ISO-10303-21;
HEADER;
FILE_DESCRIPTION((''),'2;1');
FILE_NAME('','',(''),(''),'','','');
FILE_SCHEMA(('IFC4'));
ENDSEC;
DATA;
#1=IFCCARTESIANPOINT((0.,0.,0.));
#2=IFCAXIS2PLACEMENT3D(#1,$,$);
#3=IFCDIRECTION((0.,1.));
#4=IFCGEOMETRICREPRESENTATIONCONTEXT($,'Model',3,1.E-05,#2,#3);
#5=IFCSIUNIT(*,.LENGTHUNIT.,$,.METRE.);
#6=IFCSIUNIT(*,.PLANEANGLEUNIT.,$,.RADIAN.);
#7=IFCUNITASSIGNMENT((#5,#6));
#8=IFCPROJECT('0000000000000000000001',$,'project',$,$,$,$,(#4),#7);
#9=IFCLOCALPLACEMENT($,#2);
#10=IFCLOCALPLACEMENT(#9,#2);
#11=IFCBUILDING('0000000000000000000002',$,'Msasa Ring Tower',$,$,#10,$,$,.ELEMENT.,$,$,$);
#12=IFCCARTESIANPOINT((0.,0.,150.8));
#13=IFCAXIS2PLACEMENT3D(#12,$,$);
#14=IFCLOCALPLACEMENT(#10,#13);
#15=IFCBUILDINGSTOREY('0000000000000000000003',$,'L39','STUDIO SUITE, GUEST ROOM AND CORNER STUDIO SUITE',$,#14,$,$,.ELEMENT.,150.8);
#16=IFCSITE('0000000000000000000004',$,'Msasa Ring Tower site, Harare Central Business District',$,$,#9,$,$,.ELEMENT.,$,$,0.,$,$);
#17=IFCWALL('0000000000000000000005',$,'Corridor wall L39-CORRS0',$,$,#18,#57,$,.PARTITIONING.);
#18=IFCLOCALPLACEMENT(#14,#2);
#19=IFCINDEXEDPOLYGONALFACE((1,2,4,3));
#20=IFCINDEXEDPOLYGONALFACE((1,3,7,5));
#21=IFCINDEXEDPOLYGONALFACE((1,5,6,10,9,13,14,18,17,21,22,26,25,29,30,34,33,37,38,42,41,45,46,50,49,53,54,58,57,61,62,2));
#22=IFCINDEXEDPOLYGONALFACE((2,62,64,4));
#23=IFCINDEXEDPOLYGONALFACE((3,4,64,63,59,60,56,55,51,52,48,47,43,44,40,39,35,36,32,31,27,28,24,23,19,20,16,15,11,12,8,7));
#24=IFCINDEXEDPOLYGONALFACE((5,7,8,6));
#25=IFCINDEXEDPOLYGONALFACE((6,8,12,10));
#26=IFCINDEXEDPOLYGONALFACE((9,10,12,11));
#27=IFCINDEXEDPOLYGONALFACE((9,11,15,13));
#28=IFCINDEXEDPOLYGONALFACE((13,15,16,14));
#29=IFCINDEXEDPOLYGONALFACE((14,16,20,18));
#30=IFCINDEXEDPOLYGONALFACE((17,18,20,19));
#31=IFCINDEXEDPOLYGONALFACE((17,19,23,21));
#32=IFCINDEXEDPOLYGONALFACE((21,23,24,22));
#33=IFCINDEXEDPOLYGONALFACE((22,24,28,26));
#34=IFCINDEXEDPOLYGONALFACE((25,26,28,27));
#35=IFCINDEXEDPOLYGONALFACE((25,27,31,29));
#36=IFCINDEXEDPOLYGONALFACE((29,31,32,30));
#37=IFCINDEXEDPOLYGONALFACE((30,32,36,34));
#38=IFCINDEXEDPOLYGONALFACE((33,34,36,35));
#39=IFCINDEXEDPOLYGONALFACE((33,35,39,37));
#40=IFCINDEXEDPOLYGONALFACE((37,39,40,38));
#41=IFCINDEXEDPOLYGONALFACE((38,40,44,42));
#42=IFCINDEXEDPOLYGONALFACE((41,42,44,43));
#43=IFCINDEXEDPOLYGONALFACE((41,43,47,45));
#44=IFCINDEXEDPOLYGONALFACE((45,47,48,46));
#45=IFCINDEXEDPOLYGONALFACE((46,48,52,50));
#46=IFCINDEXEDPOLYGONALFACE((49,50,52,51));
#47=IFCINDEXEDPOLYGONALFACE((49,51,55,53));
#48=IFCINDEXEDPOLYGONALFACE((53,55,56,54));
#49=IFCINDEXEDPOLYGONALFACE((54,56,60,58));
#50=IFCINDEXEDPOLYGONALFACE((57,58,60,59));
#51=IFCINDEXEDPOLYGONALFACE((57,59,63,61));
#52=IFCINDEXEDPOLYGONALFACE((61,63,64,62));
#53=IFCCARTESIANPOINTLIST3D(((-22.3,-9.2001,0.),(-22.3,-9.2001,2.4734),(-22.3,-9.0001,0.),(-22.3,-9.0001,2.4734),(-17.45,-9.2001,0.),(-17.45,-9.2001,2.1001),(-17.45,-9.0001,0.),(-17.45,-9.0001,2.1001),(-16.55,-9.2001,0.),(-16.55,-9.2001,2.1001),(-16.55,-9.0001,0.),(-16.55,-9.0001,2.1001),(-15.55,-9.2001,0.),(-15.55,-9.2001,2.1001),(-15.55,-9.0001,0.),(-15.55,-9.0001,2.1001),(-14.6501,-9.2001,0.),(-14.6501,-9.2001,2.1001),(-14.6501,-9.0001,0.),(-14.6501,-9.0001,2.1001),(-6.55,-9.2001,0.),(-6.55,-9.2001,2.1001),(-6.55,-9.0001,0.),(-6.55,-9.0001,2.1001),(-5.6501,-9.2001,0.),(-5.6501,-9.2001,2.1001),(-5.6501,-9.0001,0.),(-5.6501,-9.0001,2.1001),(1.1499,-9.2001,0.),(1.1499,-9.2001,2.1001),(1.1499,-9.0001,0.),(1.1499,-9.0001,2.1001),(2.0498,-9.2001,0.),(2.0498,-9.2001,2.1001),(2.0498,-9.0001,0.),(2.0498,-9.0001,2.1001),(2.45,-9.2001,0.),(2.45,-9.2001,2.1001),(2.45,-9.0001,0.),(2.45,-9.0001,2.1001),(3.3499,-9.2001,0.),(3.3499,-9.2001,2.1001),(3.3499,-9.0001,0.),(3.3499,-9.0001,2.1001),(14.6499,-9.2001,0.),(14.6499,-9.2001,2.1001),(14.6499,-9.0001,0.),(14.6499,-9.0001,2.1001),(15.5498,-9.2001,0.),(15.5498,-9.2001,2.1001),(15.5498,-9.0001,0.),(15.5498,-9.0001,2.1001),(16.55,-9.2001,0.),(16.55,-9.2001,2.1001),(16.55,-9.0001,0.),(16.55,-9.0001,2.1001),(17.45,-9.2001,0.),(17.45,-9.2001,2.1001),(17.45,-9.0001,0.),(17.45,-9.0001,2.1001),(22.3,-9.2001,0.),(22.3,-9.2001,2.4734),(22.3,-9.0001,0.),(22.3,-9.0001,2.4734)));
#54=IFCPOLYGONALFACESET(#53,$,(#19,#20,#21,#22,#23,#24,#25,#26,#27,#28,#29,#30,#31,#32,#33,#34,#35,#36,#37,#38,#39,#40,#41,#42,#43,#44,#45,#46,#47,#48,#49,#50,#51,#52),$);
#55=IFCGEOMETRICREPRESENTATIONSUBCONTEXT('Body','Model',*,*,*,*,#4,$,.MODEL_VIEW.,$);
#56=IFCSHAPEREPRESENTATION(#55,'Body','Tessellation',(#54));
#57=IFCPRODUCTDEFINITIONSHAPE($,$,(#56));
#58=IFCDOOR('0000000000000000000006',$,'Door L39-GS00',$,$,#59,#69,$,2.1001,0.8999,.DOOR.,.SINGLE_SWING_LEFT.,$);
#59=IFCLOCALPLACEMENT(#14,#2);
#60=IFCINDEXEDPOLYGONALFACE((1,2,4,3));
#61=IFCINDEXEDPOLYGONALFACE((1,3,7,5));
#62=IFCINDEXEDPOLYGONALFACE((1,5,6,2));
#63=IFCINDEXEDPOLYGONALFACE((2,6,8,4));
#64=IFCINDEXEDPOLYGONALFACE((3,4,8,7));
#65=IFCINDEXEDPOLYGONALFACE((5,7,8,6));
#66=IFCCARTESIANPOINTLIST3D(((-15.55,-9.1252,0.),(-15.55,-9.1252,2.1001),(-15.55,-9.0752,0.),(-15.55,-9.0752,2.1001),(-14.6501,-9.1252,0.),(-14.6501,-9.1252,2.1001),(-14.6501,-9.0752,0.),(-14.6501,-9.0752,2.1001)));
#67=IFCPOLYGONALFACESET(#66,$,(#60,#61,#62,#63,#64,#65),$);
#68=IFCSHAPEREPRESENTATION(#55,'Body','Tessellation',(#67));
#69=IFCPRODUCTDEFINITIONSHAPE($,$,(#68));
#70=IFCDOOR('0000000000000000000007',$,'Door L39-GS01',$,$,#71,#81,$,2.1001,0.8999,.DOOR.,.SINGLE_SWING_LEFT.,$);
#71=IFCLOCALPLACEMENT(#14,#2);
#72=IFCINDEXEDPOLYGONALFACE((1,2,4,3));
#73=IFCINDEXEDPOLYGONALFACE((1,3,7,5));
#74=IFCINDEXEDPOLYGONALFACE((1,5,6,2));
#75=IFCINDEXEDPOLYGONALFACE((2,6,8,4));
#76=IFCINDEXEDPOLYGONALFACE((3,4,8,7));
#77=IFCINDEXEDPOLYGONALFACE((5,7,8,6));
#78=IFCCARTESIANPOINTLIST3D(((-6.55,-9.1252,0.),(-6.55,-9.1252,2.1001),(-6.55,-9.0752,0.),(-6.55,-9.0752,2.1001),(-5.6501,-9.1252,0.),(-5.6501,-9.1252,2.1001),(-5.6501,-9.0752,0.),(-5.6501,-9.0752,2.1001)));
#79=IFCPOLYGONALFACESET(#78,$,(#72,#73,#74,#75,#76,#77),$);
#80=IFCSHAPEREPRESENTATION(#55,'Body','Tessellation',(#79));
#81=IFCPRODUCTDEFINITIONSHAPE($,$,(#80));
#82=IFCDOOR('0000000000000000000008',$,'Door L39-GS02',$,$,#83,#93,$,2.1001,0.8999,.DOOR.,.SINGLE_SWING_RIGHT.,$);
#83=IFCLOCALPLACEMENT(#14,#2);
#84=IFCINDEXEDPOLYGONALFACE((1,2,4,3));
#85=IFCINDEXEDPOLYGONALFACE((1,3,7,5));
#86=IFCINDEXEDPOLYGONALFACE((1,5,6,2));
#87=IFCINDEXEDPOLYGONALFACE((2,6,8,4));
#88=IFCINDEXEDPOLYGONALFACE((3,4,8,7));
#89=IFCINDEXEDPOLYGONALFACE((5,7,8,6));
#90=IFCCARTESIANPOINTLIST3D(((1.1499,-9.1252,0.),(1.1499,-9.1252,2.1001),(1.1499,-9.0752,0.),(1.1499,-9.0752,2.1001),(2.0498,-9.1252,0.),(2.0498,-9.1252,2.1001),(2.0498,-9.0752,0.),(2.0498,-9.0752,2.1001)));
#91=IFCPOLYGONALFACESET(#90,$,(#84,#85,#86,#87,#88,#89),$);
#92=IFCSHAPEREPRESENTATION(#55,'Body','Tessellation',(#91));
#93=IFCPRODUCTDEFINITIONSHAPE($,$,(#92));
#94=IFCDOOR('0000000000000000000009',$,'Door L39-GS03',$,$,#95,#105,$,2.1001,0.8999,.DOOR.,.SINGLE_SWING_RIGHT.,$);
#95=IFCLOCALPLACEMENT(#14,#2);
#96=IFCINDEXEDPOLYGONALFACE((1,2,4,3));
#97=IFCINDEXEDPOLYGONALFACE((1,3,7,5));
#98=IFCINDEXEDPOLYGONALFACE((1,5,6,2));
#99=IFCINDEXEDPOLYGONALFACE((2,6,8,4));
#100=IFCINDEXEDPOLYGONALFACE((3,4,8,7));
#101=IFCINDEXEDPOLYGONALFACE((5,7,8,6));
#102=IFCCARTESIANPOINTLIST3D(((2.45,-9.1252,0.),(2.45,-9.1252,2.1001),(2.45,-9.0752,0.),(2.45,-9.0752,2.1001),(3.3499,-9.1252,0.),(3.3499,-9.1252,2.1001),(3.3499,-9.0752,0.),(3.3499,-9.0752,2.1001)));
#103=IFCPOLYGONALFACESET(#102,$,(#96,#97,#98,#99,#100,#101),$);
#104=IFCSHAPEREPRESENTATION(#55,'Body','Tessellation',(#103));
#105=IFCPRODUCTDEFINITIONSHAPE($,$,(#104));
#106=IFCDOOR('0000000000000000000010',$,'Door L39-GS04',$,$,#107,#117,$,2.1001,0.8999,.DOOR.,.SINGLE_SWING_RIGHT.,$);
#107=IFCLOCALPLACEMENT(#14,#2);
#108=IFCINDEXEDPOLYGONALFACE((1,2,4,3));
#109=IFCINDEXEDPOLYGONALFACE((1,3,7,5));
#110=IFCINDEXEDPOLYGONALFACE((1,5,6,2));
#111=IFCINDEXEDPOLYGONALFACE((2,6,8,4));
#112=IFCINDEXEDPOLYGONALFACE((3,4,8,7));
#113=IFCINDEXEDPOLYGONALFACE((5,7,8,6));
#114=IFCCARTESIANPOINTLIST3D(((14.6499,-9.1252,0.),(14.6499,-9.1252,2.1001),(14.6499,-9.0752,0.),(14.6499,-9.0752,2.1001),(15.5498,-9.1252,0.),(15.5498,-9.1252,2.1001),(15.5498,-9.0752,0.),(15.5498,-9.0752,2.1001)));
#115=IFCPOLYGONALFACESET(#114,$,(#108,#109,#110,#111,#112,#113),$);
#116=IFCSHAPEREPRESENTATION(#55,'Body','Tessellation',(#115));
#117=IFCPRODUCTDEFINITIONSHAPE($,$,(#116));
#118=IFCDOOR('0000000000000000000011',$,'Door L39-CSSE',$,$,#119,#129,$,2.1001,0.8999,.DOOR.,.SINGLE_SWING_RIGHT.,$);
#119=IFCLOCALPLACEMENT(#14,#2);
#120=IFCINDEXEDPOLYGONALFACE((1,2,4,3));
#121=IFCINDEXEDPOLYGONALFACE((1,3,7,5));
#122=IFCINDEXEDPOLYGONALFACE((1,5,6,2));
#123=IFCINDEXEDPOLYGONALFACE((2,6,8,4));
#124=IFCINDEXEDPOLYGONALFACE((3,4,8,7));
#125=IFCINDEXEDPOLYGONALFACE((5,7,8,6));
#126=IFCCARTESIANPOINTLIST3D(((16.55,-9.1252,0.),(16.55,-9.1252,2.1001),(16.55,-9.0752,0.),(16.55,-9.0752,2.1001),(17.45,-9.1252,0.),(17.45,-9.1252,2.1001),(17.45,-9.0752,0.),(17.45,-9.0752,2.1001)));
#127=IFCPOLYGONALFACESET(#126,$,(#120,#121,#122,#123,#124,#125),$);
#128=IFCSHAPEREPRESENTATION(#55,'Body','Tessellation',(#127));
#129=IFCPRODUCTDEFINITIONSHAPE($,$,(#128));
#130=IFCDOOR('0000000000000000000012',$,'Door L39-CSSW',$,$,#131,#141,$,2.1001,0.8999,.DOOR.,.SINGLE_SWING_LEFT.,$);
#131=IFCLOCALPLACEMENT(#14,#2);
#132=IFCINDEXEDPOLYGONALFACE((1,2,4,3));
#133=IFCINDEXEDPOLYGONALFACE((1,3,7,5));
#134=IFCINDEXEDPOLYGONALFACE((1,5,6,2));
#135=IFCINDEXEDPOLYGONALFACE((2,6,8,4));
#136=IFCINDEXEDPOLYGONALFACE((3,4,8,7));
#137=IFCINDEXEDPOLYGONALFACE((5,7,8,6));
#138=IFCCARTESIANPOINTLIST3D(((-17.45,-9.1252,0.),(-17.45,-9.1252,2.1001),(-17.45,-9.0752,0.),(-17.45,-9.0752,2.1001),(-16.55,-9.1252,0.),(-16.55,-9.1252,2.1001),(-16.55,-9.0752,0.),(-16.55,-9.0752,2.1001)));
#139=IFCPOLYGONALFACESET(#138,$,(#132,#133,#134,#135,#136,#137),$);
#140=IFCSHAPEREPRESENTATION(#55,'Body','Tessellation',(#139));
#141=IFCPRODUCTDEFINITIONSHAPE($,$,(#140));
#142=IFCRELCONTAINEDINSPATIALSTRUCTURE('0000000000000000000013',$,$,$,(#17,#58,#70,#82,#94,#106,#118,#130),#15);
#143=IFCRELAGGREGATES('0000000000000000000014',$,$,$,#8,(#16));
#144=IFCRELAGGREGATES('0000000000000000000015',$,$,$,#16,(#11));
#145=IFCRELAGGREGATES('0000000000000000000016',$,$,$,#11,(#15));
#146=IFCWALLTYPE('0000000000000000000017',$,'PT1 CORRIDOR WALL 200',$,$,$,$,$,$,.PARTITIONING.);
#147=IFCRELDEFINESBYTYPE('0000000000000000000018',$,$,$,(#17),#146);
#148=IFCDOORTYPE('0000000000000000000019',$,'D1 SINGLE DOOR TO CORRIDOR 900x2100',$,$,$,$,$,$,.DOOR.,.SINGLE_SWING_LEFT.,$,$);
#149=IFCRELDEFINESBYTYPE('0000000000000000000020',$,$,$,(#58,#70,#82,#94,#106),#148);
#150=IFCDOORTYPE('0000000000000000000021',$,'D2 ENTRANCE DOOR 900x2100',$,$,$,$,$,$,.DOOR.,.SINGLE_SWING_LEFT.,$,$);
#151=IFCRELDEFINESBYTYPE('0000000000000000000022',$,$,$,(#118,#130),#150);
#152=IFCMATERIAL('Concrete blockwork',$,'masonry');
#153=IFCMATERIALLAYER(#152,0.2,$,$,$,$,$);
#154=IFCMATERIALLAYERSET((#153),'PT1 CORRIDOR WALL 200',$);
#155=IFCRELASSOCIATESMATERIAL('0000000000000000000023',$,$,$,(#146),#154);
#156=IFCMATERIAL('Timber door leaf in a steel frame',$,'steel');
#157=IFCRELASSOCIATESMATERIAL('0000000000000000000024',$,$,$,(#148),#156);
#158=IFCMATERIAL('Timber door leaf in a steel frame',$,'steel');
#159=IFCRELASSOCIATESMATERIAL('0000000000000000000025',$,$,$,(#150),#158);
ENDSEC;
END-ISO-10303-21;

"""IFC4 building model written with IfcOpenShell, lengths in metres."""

from ifc_helpers import new_model, si_unit, direction, frame, frame_2d, origin, place, context, subcontext, project, spatial, rectangle, extrude, material, layer, layer_set, type_object, element, fill, save


model = new_model("IFC4")

# Units and contexts
model_context = context("Model", 3, precision=1e-05, world=origin(), true_north=direction((0.0, 1.0)))
body_context = subcontext(model_context, "Body", "Model", "MODEL_VIEW")
ifc_project = project(units=[si_unit("LENGTHUNIT", "METRE"), si_unit("PLANEANGLEUNIT", "RADIAN")], contexts=[model_context])

# Site, building, storey
site_placement = place(None, origin())
site = spatial("IfcSite", under=ifc_project, at=site_placement, Name="Msasa Ring Tower site, Harare Central Business District", CompositionType="ELEMENT", RefElevation=0.0)
building_placement = place(site_placement, origin())
building = spatial("IfcBuilding", under=site, at=building_placement, Name="Msasa Ring Tower", CompositionType="ELEMENT")
storey_placement = place(building_placement, frame((0.0, 0.0, 150.8)))
storey = spatial("IfcBuildingStorey", under=building, at=storey_placement, Name="L39", Description="STUDIO SUITE, GUEST ROOM AND CORNER STUDIO SUITE", CompositionType="ELEMENT", Elevation=150.8)

# Wall, openings, doors
ifc_material_1 = material(Name="Concrete blockwork", Category="masonry")
ifc_layer_1 = layer(ifc_material_1, 0.2)
ifc_layer_set_1 = layer_set([ifc_layer_1], Name="PT1 CORRIDOR WALL 200")
wall_type_1 = type_object("IfcWallType", Name="PT1 CORRIDOR WALL 200", PredefinedType="PARTITIONING", material=ifc_layer_set_1)
wall_1_placement = place(storey_placement, frame((-22.3, -9.1001, 0.0), z_axis=(0.0, 0.0, 1.0), x_axis=(1.0, 0.0, 0.0)))
wall_1 = element("IfcWall", 1, at=wall_1_placement, inside=storey, type_object=wall_type_1, Name="Corridor wall L39-CORRS0", PredefinedType="PARTITIONING", context=body_context, shape_type="SweptSolid", body=[
    extrude(rectangle(XDim=44.6001, YDim=0.2, at=frame_2d((22.3, 0.0))), origin(), (0.0, 0.0, 1.0), 2.4734),
])
opening_1_placement = place(wall_1_placement, frame((6.75, 0.0, 0.0)))
opening_1 = element("IfcOpeningElement", 2, at=opening_1_placement, cuts=wall_1, PredefinedType="OPENING", context=body_context, shape_type="SweptSolid", body=[
    extrude(rectangle(XDim=0.8999, YDim=2.1001, at=frame_2d((0.45, 1.05))), frame((0.0, 0.1099, 0.0), z_axis=(0.0, -1.0, 0.0), x_axis=(1.0, 0.0, 0.0)), (0.0, 0.0, 1.0), 0.22),
])
opening_2_placement = place(wall_1_placement, frame((15.75, 0.0, 0.0)))
opening_2 = element("IfcOpeningElement", 3, at=opening_2_placement, cuts=wall_1, PredefinedType="OPENING", context=body_context, shape_type="SweptSolid", body=[
    extrude(rectangle(XDim=0.8999, YDim=2.1001, at=frame_2d((0.45, 1.05))), frame((0.0, 0.1099, 0.0), z_axis=(0.0, -1.0, 0.0), x_axis=(1.0, 0.0, 0.0)), (0.0, 0.0, 1.0), 0.22),
])
opening_3_placement = place(wall_1_placement, frame((23.45, 0.0, 0.0)))
opening_3 = element("IfcOpeningElement", 4, at=opening_3_placement, cuts=wall_1, PredefinedType="OPENING", context=body_context, shape_type="SweptSolid", body=[
    extrude(rectangle(XDim=0.8999, YDim=2.1001, at=frame_2d((0.45, 1.05))), frame((0.0, 0.1099, 0.0), z_axis=(0.0, -1.0, 0.0), x_axis=(1.0, 0.0, 0.0)), (0.0, 0.0, 1.0), 0.22),
])
opening_4_placement = place(wall_1_placement, frame((24.75, 0.0, 0.0)))
opening_4 = element("IfcOpeningElement", 5, at=opening_4_placement, cuts=wall_1, PredefinedType="OPENING", context=body_context, shape_type="SweptSolid", body=[
    extrude(rectangle(XDim=0.8999, YDim=2.1001, at=frame_2d((0.45, 1.05))), frame((0.0, 0.1099, 0.0), z_axis=(0.0, -1.0, 0.0), x_axis=(1.0, 0.0, 0.0)), (0.0, 0.0, 1.0), 0.22),
])
opening_5_placement = place(wall_1_placement, frame((36.95, 0.0, 0.0)))
opening_5 = element("IfcOpeningElement", 6, at=opening_5_placement, cuts=wall_1, PredefinedType="OPENING", context=body_context, shape_type="SweptSolid", body=[
    extrude(rectangle(XDim=0.8999, YDim=2.1001, at=frame_2d((0.45, 1.05))), frame((0.0, 0.1099, 0.0), z_axis=(0.0, -1.0, 0.0), x_axis=(1.0, 0.0, 0.0)), (0.0, 0.0, 1.0), 0.22),
])
opening_6_placement = place(wall_1_placement, frame((38.8501, 0.0, 0.0)))
opening_6 = element("IfcOpeningElement", 7, at=opening_6_placement, cuts=wall_1, PredefinedType="OPENING", context=body_context, shape_type="SweptSolid", body=[
    extrude(rectangle(XDim=0.8999, YDim=2.1001, at=frame_2d((0.45, 1.05))), frame((0.0, 0.1099, 0.0), z_axis=(0.0, -1.0, 0.0), x_axis=(1.0, 0.0, 0.0)), (0.0, 0.0, 1.0), 0.22),
])
opening_7_placement = place(wall_1_placement, frame((4.8501, 0.0, 0.0)))
opening_7 = element("IfcOpeningElement", 8, at=opening_7_placement, cuts=wall_1, PredefinedType="OPENING", context=body_context, shape_type="SweptSolid", body=[
    extrude(rectangle(XDim=0.8999, YDim=2.1001, at=frame_2d((0.45, 1.05))), frame((0.0, 0.1099, 0.0), z_axis=(0.0, -1.0, 0.0), x_axis=(1.0, 0.0, 0.0)), (0.0, 0.0, 1.0), 0.22),
])
ifc_material_2 = material(Name="Timber door leaf in a steel frame", Category="steel")
door_type_1 = type_object("IfcDoorType", Name="D1 SINGLE DOOR TO CORRIDOR 900x2100", OperationType="SINGLE_SWING_LEFT", PredefinedType="DOOR", material=ifc_material_2)
door_1_placement = place(opening_1_placement, origin())
door_1 = element("IfcDoor", 9, at=door_1_placement, inside=storey, type_object=door_type_1, Name="Door L39-GS00", OperationType="SINGLE_SWING_LEFT", OverallHeight=2.1001, OverallWidth=0.8999, PredefinedType="DOOR", context=body_context, shape_type="SweptSolid", body=[
    extrude(rectangle(XDim=0.8999, YDim=2.1001, at=frame_2d((0.45, 1.05))), frame((0.0, 0.0249, 0.0), z_axis=(0.0, -1.0, 0.0), x_axis=(1.0, 0.0, 0.0)), (0.0, 0.0, 1.0), 0.05),
])
fill(opening_1, door_1)
door_2_placement = place(opening_2_placement, origin())
door_2 = element("IfcDoor", 10, at=door_2_placement, inside=storey, type_object=door_type_1, Name="Door L39-GS01", OperationType="SINGLE_SWING_LEFT", OverallHeight=2.1001, OverallWidth=0.8999, PredefinedType="DOOR", context=body_context, shape_type="SweptSolid", body=[
    extrude(rectangle(XDim=0.8999, YDim=2.1001, at=frame_2d((0.45, 1.05))), frame((0.0, 0.0249, 0.0), z_axis=(0.0, -1.0, 0.0), x_axis=(1.0, 0.0, 0.0)), (0.0, 0.0, 1.0), 0.05),
])
fill(opening_2, door_2)
door_3_placement = place(opening_3_placement, origin())
door_3 = element("IfcDoor", 11, at=door_3_placement, inside=storey, type_object=door_type_1, Name="Door L39-GS02", OperationType="SINGLE_SWING_RIGHT", OverallHeight=2.1001, OverallWidth=0.8999, PredefinedType="DOOR", context=body_context, shape_type="SweptSolid", body=[
    extrude(rectangle(XDim=0.8999, YDim=2.1001, at=frame_2d((0.45, 1.05))), frame((0.0, 0.0249, 0.0), z_axis=(0.0, -1.0, 0.0), x_axis=(1.0, 0.0, 0.0)), (0.0, 0.0, 1.0), 0.05),
])
fill(opening_3, door_3)
door_4_placement = place(opening_4_placement, origin())
door_4 = element("IfcDoor", 12, at=door_4_placement, inside=storey, type_object=door_type_1, Name="Door L39-GS03", OperationType="SINGLE_SWING_RIGHT", OverallHeight=2.1001, OverallWidth=0.8999, PredefinedType="DOOR", context=body_context, shape_type="SweptSolid", body=[
    extrude(rectangle(XDim=0.8999, YDim=2.1001, at=frame_2d((0.45, 1.05))), frame((0.0, 0.0249, 0.0), z_axis=(0.0, -1.0, 0.0), x_axis=(1.0, 0.0, 0.0)), (0.0, 0.0, 1.0), 0.05),
])
fill(opening_4, door_4)
door_5_placement = place(opening_5_placement, origin())
door_5 = element("IfcDoor", 13, at=door_5_placement, inside=storey, type_object=door_type_1, Name="Door L39-GS04", OperationType="SINGLE_SWING_RIGHT", OverallHeight=2.1001, OverallWidth=0.8999, PredefinedType="DOOR", context=body_context, shape_type="SweptSolid", body=[
    extrude(rectangle(XDim=0.8999, YDim=2.1001, at=frame_2d((0.45, 1.05))), frame((0.0, 0.0249, 0.0), z_axis=(0.0, -1.0, 0.0), x_axis=(1.0, 0.0, 0.0)), (0.0, 0.0, 1.0), 0.05),
])
fill(opening_5, door_5)
ifc_material_3 = material(Name="Timber door leaf in a steel frame", Category="steel")
door_type_2 = type_object("IfcDoorType", Name="D2 ENTRANCE DOOR 900x2100", OperationType="SINGLE_SWING_LEFT", PredefinedType="DOOR", material=ifc_material_3)
door_6_placement = place(opening_6_placement, origin())
door_6 = element("IfcDoor", 14, at=door_6_placement, inside=storey, type_object=door_type_2, Name="Door L39-CSSE", OperationType="SINGLE_SWING_RIGHT", OverallHeight=2.1001, OverallWidth=0.8999, PredefinedType="DOOR", context=body_context, shape_type="SweptSolid", body=[
    extrude(rectangle(XDim=0.8999, YDim=2.1001, at=frame_2d((0.45, 1.05))), frame((0.0, 0.0249, 0.0), z_axis=(0.0, -1.0, 0.0), x_axis=(1.0, 0.0, 0.0)), (0.0, 0.0, 1.0), 0.05),
])
fill(opening_6, door_6)
door_7_placement = place(opening_7_placement, origin())
door_7 = element("IfcDoor", 15, at=door_7_placement, inside=storey, type_object=door_type_2, Name="Door L39-CSSW", OperationType="SINGLE_SWING_LEFT", OverallHeight=2.1001, OverallWidth=0.8999, PredefinedType="DOOR", context=body_context, shape_type="SweptSolid", body=[
    extrude(rectangle(XDim=0.8999, YDim=2.1001, at=frame_2d((0.45, 1.05))), frame((0.0, 0.0249, 0.0), z_axis=(0.0, -1.0, 0.0), x_axis=(1.0, 0.0, 0.0)), (0.0, 0.0, 1.0), 0.05),
])
fill(opening_7, door_7)

save(model, "model.ifc")
